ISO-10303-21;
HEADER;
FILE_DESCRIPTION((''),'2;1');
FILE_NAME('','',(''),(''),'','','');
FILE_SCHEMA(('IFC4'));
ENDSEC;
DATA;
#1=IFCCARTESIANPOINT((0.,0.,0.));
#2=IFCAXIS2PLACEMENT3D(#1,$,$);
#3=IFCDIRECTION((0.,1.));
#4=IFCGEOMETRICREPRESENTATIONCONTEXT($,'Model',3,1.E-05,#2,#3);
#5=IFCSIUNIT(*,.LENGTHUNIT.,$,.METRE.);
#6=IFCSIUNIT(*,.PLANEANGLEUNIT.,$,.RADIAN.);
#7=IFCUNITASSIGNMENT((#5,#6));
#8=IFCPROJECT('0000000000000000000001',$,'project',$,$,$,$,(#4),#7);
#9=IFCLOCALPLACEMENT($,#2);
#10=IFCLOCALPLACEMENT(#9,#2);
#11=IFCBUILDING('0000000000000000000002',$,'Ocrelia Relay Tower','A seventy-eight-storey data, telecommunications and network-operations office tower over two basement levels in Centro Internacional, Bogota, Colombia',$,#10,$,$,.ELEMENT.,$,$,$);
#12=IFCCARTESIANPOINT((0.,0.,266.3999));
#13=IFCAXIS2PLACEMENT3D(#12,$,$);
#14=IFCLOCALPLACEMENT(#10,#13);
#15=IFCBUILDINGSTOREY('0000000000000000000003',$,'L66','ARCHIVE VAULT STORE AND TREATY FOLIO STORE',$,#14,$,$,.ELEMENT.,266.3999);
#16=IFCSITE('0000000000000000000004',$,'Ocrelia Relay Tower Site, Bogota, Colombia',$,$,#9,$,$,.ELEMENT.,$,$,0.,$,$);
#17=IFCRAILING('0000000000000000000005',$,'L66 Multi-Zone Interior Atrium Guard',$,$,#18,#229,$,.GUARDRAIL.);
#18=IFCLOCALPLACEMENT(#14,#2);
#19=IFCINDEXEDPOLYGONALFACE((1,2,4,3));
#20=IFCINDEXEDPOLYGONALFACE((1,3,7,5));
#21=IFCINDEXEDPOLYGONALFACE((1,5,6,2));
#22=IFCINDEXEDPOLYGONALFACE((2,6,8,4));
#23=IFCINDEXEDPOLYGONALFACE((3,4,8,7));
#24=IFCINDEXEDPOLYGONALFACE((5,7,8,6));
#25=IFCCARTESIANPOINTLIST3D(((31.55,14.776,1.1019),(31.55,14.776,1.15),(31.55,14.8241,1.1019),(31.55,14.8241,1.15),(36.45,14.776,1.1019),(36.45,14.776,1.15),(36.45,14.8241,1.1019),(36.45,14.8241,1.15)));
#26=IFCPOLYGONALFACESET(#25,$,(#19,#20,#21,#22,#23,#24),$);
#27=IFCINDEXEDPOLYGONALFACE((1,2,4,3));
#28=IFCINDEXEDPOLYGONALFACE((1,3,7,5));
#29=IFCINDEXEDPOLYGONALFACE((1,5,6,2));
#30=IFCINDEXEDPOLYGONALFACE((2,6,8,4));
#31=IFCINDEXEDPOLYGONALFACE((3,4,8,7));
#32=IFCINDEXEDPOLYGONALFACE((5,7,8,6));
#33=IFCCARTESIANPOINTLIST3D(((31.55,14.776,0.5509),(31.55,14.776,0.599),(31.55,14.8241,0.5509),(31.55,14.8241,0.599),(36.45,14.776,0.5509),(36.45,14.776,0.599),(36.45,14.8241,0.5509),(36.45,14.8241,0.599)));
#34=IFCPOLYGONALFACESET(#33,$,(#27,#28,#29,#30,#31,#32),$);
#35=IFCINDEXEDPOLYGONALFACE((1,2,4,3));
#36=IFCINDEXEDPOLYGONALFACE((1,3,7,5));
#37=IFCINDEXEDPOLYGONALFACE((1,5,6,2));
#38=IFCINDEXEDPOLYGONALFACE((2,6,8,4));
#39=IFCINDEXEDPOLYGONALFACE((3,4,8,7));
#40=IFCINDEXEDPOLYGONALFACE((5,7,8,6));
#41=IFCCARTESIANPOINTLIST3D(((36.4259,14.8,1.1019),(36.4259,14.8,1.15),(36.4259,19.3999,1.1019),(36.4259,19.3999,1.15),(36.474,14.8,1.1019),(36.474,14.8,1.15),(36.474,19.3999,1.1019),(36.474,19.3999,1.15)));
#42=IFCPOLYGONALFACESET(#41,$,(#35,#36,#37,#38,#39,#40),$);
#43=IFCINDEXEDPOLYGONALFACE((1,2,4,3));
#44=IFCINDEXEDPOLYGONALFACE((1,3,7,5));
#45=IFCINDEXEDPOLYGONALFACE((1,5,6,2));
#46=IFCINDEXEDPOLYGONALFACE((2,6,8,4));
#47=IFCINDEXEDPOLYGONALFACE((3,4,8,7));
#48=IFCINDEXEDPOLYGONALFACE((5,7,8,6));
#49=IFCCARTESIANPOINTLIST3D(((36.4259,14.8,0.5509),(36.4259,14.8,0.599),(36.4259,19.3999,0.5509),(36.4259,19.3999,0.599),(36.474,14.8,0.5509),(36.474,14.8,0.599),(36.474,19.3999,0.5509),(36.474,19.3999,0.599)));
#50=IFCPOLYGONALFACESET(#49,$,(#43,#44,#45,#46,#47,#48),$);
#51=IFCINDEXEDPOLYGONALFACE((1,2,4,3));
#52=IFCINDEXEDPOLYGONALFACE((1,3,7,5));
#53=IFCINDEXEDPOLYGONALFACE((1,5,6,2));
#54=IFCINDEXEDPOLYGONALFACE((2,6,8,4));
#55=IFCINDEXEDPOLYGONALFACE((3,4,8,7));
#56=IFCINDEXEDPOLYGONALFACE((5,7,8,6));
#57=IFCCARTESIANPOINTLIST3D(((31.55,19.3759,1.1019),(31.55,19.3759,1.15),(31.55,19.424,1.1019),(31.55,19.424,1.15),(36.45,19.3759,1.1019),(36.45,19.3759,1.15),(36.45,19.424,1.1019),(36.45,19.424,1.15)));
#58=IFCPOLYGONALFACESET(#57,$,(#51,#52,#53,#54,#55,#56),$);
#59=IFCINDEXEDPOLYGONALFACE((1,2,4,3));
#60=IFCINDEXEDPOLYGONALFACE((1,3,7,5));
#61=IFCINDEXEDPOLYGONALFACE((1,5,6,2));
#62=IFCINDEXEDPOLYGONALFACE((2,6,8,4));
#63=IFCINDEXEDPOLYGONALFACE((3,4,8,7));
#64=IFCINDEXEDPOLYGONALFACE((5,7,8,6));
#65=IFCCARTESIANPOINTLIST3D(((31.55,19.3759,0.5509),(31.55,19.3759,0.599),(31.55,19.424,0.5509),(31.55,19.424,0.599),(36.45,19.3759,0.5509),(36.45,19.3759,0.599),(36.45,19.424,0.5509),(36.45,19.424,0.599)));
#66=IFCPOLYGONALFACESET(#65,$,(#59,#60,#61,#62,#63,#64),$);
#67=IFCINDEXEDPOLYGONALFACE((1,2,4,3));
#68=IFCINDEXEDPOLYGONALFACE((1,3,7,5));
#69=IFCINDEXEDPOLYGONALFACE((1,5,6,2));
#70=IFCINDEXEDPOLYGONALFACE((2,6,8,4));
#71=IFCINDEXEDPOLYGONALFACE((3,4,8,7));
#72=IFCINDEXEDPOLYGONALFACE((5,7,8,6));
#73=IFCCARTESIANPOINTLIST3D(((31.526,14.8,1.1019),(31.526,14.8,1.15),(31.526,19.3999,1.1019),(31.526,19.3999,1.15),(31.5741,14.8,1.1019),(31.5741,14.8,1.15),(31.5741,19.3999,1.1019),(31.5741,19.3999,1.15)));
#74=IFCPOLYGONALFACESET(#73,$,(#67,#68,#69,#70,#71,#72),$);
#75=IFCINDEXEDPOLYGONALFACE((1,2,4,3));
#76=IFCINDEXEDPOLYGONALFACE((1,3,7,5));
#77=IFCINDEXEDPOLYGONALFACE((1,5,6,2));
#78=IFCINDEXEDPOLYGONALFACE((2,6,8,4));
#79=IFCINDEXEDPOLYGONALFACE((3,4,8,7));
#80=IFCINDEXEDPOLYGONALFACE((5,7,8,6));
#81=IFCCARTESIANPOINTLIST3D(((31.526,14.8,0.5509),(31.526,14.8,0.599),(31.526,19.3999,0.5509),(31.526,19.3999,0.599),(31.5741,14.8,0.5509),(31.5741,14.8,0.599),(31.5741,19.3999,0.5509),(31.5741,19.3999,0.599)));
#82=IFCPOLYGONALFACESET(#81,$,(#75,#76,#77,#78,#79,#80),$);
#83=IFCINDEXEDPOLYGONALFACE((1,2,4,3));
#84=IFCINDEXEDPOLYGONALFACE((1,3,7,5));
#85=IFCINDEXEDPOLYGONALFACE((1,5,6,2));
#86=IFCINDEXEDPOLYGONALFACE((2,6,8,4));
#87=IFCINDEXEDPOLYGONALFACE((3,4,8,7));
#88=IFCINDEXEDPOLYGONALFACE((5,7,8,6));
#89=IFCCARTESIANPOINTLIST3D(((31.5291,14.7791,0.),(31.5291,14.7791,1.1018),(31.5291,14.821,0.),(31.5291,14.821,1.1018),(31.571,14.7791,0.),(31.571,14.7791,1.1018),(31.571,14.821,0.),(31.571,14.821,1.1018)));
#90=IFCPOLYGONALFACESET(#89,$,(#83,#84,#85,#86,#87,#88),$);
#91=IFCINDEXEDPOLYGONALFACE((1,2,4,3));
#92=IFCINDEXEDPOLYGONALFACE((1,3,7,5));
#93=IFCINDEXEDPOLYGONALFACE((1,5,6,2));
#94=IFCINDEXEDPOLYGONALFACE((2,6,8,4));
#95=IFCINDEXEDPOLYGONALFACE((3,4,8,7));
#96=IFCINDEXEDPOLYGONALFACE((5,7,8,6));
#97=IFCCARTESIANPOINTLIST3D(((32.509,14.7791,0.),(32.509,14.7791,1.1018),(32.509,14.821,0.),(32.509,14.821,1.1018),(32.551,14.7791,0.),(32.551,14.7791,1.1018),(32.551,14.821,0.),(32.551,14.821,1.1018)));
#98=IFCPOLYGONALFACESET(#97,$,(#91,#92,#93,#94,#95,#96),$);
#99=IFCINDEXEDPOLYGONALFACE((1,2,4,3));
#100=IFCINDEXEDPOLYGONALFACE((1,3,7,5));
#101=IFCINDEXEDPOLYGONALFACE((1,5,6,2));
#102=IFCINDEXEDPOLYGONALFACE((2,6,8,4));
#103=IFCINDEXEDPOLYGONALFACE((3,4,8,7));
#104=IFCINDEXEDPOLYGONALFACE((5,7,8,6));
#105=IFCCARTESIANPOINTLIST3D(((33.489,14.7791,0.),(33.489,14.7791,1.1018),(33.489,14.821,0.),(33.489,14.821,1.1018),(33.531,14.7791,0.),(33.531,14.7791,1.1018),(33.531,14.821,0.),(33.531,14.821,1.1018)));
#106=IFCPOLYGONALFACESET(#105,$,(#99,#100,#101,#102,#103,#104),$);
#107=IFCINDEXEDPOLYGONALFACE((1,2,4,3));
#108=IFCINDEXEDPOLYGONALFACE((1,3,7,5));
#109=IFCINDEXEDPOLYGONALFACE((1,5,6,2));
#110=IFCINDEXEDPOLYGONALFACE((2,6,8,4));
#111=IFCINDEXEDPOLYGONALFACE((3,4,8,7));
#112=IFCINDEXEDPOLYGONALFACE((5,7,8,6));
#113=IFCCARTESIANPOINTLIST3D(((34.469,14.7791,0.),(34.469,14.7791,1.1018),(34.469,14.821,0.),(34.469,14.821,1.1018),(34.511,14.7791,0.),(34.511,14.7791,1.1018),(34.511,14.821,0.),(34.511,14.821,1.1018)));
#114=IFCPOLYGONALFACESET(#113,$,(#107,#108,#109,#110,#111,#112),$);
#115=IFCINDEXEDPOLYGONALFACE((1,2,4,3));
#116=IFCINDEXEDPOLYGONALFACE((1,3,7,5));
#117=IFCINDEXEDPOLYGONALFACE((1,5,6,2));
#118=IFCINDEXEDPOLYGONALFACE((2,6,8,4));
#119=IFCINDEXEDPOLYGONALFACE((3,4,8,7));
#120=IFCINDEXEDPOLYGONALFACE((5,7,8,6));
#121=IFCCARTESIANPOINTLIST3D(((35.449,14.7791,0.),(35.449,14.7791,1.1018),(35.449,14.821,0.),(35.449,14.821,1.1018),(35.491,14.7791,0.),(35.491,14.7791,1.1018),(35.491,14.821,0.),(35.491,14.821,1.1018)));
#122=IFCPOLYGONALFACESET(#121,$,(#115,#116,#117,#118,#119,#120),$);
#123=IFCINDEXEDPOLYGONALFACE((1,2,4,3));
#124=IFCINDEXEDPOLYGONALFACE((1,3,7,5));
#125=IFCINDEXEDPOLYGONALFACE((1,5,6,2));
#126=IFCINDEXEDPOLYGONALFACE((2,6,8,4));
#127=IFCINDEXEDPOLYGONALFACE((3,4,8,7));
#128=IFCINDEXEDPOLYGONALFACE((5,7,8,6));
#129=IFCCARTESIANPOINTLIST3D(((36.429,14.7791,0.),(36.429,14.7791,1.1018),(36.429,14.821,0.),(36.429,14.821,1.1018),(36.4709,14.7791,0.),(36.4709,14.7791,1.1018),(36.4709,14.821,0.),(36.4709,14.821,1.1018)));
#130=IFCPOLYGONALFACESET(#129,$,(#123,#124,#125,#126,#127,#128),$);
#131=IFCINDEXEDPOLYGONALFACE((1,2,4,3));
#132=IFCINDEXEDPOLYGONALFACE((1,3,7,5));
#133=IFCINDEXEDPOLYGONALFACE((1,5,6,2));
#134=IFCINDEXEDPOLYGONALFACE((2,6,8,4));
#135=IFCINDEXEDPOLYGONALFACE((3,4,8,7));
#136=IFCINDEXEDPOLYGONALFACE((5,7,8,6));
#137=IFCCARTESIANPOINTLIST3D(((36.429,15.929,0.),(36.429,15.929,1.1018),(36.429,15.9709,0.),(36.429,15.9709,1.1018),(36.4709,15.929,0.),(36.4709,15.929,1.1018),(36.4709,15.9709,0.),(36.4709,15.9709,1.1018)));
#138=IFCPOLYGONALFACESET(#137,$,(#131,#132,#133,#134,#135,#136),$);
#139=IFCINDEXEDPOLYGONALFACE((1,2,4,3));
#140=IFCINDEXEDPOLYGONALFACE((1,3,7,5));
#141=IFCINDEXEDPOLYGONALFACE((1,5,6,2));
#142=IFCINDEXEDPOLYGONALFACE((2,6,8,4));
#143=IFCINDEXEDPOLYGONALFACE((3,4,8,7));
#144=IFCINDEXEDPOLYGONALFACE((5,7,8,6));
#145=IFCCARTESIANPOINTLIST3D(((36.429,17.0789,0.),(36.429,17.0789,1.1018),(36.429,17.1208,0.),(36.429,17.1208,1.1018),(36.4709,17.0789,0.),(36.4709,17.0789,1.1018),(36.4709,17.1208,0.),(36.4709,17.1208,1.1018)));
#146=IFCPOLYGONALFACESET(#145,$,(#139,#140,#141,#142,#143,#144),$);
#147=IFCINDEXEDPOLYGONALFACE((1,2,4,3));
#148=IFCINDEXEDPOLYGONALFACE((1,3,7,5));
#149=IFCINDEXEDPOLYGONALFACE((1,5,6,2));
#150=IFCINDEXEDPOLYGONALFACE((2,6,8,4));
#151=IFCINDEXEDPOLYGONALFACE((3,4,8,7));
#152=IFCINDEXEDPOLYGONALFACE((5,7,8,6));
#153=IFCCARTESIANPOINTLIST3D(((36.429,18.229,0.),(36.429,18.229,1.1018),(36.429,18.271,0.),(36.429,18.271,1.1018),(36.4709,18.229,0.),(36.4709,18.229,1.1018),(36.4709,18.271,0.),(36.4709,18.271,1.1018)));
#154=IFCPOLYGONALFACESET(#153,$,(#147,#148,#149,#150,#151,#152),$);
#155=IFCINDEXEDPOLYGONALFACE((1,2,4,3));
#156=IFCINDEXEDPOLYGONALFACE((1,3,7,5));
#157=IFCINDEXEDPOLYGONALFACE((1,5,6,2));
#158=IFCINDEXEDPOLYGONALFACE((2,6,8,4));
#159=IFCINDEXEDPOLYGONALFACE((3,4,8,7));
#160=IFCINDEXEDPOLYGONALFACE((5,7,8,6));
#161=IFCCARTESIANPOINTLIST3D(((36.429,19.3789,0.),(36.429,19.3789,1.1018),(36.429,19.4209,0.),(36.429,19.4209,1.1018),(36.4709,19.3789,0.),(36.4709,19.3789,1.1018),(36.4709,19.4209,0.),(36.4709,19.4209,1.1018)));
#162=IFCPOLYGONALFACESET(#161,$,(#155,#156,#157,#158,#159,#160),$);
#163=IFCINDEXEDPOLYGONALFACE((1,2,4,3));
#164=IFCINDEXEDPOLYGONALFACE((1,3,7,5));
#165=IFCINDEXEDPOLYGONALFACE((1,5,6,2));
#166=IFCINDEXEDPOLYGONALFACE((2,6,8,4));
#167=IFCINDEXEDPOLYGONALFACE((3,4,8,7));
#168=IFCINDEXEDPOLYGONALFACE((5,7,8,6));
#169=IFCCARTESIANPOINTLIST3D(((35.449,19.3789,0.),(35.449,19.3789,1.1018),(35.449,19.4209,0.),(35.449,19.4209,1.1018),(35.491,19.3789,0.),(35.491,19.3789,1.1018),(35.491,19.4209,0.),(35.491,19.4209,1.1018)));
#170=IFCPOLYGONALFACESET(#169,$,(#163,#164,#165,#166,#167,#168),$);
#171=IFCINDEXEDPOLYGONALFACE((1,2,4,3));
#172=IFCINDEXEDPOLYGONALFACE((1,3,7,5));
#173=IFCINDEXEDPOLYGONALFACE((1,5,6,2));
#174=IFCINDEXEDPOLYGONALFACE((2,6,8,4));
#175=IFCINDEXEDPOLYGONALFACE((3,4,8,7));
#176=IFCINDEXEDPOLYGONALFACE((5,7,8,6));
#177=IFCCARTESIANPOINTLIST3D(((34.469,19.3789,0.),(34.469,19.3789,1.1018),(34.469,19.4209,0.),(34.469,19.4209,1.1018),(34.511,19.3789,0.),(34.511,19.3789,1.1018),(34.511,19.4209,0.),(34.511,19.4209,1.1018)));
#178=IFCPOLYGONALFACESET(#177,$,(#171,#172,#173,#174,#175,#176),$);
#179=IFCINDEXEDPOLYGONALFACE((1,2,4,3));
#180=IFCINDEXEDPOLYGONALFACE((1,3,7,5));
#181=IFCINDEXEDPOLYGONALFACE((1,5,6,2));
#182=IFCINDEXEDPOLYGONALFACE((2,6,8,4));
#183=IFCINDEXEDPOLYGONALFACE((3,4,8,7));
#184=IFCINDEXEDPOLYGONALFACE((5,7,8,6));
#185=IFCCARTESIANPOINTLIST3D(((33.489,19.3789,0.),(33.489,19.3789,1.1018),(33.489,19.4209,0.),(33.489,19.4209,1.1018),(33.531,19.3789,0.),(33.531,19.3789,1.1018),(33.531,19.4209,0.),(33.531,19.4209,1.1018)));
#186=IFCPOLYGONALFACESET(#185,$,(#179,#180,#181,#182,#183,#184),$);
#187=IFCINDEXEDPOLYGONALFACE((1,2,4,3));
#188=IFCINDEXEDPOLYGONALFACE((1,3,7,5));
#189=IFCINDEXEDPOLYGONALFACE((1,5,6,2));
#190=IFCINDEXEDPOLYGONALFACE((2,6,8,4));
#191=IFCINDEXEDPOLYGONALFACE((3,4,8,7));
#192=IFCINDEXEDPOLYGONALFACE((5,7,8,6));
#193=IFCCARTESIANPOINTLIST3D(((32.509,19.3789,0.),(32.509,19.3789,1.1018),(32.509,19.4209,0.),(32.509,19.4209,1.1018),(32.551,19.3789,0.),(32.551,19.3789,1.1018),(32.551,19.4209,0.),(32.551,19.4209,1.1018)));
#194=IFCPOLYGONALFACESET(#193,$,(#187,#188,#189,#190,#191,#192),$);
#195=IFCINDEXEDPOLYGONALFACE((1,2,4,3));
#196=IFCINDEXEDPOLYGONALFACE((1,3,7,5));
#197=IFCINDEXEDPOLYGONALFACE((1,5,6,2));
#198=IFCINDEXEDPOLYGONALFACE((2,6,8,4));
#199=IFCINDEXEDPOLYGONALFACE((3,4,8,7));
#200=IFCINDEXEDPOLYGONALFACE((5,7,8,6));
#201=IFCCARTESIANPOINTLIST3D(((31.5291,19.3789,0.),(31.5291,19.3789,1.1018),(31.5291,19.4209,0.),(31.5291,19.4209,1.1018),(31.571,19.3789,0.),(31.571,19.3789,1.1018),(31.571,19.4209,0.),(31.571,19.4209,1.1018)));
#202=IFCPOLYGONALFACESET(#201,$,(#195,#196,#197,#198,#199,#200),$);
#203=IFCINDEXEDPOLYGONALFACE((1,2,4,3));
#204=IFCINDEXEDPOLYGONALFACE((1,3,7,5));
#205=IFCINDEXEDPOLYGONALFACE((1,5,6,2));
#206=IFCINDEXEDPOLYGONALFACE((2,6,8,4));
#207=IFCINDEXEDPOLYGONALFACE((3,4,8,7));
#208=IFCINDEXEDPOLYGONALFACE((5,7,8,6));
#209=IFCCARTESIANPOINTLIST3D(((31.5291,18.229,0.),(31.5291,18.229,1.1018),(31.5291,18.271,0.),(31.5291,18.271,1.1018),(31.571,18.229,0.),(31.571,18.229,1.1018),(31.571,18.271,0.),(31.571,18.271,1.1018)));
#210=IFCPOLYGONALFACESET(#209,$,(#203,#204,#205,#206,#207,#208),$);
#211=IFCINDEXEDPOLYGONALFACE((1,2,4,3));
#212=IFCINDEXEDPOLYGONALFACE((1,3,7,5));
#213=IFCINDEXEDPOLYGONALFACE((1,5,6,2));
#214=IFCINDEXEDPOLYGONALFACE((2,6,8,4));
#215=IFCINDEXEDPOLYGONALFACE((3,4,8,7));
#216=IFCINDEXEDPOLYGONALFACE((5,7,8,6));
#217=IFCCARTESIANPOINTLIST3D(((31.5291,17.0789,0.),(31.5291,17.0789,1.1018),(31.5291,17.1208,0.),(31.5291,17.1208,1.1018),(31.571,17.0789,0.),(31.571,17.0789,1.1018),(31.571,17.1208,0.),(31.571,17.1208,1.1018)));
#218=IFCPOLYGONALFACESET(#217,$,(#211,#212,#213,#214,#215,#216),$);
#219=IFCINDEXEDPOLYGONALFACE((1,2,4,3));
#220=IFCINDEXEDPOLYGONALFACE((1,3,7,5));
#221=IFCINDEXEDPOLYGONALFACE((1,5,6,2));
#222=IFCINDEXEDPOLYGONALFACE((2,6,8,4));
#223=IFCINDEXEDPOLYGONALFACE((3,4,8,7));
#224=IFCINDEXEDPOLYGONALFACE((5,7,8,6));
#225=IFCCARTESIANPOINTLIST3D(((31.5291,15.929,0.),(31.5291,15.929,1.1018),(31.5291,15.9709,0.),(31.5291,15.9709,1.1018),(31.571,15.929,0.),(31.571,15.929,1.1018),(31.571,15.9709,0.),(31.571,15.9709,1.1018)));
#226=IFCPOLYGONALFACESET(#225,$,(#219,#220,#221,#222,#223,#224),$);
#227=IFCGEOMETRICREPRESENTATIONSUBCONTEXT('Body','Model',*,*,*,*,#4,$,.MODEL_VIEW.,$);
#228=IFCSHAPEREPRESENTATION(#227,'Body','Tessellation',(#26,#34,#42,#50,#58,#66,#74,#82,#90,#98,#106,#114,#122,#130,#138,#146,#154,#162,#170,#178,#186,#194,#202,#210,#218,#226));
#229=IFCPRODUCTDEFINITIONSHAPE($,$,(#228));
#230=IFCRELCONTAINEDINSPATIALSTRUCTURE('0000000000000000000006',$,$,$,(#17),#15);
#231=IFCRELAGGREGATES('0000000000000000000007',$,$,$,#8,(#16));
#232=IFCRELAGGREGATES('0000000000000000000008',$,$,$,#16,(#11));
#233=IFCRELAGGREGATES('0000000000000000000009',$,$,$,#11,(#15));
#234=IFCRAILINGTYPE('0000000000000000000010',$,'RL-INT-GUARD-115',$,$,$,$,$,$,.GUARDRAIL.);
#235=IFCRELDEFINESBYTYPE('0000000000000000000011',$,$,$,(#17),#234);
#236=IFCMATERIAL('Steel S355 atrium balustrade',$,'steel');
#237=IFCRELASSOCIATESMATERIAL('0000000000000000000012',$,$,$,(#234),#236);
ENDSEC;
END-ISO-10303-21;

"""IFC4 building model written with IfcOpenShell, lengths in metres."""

from ifc_helpers import new_model, si_unit, direction, frame, origin, origin_2d, place, context, subcontext, project, spatial, rectangle, extrude, material, type_object, element, save


model = new_model("IFC4")

# Units and contexts
model_context = context("Model", 3, precision=1e-05, world=origin(), true_north=direction((0.0, 1.0)))
body_context = subcontext(model_context, "Body", "Model", "MODEL_VIEW")
ifc_project = project(units=[si_unit("LENGTHUNIT", "METRE"), si_unit("PLANEANGLEUNIT", "RADIAN")], contexts=[model_context])

# Site, building, storey
site_placement = place(None, origin())
site = spatial("IfcSite", under=ifc_project, at=site_placement, Name="Ocrelia Relay Tower Site, Bogota, Colombia", CompositionType="ELEMENT", RefElevation=0.0)
building_placement = place(site_placement, origin())
building = spatial("IfcBuilding", under=site, at=building_placement, Name="Ocrelia Relay Tower", Description="A seventy-eight-storey data, telecommunications and network-operations office tower over two basement levels in Centro Internacional, Bogota, Colombia", CompositionType="ELEMENT")
storey_placement = place(building_placement, frame((0.0, 0.0, 266.3999)))
storey = spatial("IfcBuildingStorey", under=building, at=storey_placement, Name="L66", Description="ARCHIVE VAULT STORE AND TREATY FOLIO STORE", CompositionType="ELEMENT", Elevation=266.3999)

# Railing
ifc_material_1 = material(Name="Steel S355 atrium balustrade", Category="steel")
railing_type = type_object("IfcRailingType", Name="RL-INT-GUARD-115", PredefinedType="GUARDRAIL", material=ifc_material_1)
railing_placement = place(storey_placement, frame((31.55, 14.8, 0.0)))
element("IfcRailing", 1, at=railing_placement, inside=storey, type_object=railing_type, Name="L66 Multi-Zone Interior Atrium Guard", PredefinedType="GUARDRAIL", context=body_context, shape_type="SweptSolid", body=[
    extrude(rectangle(XDim=0.0481, YDim=0.0481, at=origin_2d()), frame((0.0, 0.0, 1.126), z_axis=(1.0, 0.0, 0.0), x_axis=(0.0, 1.0, 0.0)), (0.0, 0.0, 1.0), 4.8999),
    extrude(rectangle(XDim=0.0481, YDim=0.0481, at=origin_2d()), frame((0.0, 0.0, 0.575), z_axis=(1.0, 0.0, 0.0), x_axis=(0.0, 1.0, 0.0)), (0.0, 0.0, 1.0), 4.8999),
    extrude(rectangle(XDim=0.0481, YDim=0.0481, at=origin_2d()), frame((4.8999, 0.0, 1.126), z_axis=(0.0, 1.0, 0.0), x_axis=(-1.0, 0.0, 0.0)), (0.0, 0.0, 1.0), 4.5999),
    extrude(rectangle(XDim=0.0481, YDim=0.0481, at=origin_2d()), frame((4.8999, 0.0, 0.575), z_axis=(0.0, 1.0, 0.0), x_axis=(-1.0, 0.0, 0.0)), (0.0, 0.0, 1.0), 4.5999),
    extrude(rectangle(XDim=0.0481, YDim=0.0481, at=origin_2d()), frame((4.8999, 4.5999, 1.126), z_axis=(-1.0, 0.0, 0.0), x_axis=(0.0, -1.0, 0.0)), (0.0, 0.0, 1.0), 4.8999),
    extrude(rectangle(XDim=0.0481, YDim=0.0481, at=origin_2d()), frame((4.8999, 4.5999, 0.575), z_axis=(-1.0, 0.0, 0.0), x_axis=(0.0, -1.0, 0.0)), (0.0, 0.0, 1.0), 4.8999),
    extrude(rectangle(XDim=0.0481, YDim=0.0481, at=origin_2d()), frame((0.0, 4.5999, 1.126), z_axis=(0.0, -1.0, 0.0), x_axis=(1.0, 0.0, 0.0)), (0.0, 0.0, 1.0), 4.5999),
    extrude(rectangle(XDim=0.0481, YDim=0.0481, at=origin_2d()), frame((0.0, 4.5999, 0.575), z_axis=(0.0, -1.0, 0.0), x_axis=(1.0, 0.0, 0.0)), (0.0, 0.0, 1.0), 4.5999),
    extrude(rectangle(XDim=0.042, YDim=0.042, at=origin_2d()), origin(), (0.0, 0.0, 1.0), 1.1018),
    extrude(rectangle(XDim=0.042, YDim=0.042, at=origin_2d()), frame((0.98, 0.0, 0.0)), (0.0, 0.0, 1.0), 1.1018),
    extrude(rectangle(XDim=0.042, YDim=0.042, at=origin_2d()), frame((1.96, 0.0, 0.0)), (0.0, 0.0, 1.0), 1.1018),
    extrude(rectangle(XDim=0.042, YDim=0.042, at=origin_2d()), frame((2.9399, 0.0, 0.0)), (0.0, 0.0, 1.0), 1.1018),
    extrude(rectangle(XDim=0.042, YDim=0.042, at=origin_2d()), frame((3.9199, 0.0, 0.0)), (0.0, 0.0, 1.0), 1.1018),
    extrude(rectangle(XDim=0.042, YDim=0.042, at=origin_2d()), frame((4.8999, 0.0, 0.0)), (0.0, 0.0, 1.0), 1.1018),
    extrude(rectangle(XDim=0.042, YDim=0.042, at=origin_2d()), frame((4.8999, 1.1499, 0.0)), (0.0, 0.0, 1.0), 1.1018),
    extrude(rectangle(XDim=0.042, YDim=0.042, at=origin_2d()), frame((4.8999, 2.2998, 0.0)), (0.0, 0.0, 1.0), 1.1018),
    extrude(rectangle(XDim=0.042, YDim=0.042, at=origin_2d()), frame((4.8999, 3.45, 0.0)), (0.0, 0.0, 1.0), 1.1018),
    extrude(rectangle(XDim=0.042, YDim=0.042, at=origin_2d()), frame((4.8999, 4.5999, 0.0)), (0.0, 0.0, 1.0), 1.1018),
    extrude(rectangle(XDim=0.042, YDim=0.042, at=origin_2d()), frame((3.9199, 4.5999, 0.0)), (0.0, 0.0, 1.0), 1.1018),
    extrude(rectangle(XDim=0.042, YDim=0.042, at=origin_2d()), frame((2.9399, 4.5999, 0.0)), (0.0, 0.0, 1.0), 1.1018),
    extrude(rectangle(XDim=0.042, YDim=0.042, at=origin_2d()), frame((1.96, 4.5999, 0.0)), (0.0, 0.0, 1.0), 1.1018),
    extrude(rectangle(XDim=0.042, YDim=0.042, at=origin_2d()), frame((0.98, 4.5999, 0.0)), (0.0, 0.0, 1.0), 1.1018),
    extrude(rectangle(XDim=0.042, YDim=0.042, at=origin_2d()), frame((0.0, 4.5999, 0.0)), (0.0, 0.0, 1.0), 1.1018),
    extrude(rectangle(XDim=0.042, YDim=0.042, at=origin_2d()), frame((0.0, 3.45, 0.0)), (0.0, 0.0, 1.0), 1.1018),
    extrude(rectangle(XDim=0.042, YDim=0.042, at=origin_2d()), frame((0.0, 2.2998, 0.0)), (0.0, 0.0, 1.0), 1.1018),
    extrude(rectangle(XDim=0.042, YDim=0.042, at=origin_2d()), frame((0.0, 1.1499, 0.0)), (0.0, 0.0, 1.0), 1.1018),
])

save(model, "model.ifc")
